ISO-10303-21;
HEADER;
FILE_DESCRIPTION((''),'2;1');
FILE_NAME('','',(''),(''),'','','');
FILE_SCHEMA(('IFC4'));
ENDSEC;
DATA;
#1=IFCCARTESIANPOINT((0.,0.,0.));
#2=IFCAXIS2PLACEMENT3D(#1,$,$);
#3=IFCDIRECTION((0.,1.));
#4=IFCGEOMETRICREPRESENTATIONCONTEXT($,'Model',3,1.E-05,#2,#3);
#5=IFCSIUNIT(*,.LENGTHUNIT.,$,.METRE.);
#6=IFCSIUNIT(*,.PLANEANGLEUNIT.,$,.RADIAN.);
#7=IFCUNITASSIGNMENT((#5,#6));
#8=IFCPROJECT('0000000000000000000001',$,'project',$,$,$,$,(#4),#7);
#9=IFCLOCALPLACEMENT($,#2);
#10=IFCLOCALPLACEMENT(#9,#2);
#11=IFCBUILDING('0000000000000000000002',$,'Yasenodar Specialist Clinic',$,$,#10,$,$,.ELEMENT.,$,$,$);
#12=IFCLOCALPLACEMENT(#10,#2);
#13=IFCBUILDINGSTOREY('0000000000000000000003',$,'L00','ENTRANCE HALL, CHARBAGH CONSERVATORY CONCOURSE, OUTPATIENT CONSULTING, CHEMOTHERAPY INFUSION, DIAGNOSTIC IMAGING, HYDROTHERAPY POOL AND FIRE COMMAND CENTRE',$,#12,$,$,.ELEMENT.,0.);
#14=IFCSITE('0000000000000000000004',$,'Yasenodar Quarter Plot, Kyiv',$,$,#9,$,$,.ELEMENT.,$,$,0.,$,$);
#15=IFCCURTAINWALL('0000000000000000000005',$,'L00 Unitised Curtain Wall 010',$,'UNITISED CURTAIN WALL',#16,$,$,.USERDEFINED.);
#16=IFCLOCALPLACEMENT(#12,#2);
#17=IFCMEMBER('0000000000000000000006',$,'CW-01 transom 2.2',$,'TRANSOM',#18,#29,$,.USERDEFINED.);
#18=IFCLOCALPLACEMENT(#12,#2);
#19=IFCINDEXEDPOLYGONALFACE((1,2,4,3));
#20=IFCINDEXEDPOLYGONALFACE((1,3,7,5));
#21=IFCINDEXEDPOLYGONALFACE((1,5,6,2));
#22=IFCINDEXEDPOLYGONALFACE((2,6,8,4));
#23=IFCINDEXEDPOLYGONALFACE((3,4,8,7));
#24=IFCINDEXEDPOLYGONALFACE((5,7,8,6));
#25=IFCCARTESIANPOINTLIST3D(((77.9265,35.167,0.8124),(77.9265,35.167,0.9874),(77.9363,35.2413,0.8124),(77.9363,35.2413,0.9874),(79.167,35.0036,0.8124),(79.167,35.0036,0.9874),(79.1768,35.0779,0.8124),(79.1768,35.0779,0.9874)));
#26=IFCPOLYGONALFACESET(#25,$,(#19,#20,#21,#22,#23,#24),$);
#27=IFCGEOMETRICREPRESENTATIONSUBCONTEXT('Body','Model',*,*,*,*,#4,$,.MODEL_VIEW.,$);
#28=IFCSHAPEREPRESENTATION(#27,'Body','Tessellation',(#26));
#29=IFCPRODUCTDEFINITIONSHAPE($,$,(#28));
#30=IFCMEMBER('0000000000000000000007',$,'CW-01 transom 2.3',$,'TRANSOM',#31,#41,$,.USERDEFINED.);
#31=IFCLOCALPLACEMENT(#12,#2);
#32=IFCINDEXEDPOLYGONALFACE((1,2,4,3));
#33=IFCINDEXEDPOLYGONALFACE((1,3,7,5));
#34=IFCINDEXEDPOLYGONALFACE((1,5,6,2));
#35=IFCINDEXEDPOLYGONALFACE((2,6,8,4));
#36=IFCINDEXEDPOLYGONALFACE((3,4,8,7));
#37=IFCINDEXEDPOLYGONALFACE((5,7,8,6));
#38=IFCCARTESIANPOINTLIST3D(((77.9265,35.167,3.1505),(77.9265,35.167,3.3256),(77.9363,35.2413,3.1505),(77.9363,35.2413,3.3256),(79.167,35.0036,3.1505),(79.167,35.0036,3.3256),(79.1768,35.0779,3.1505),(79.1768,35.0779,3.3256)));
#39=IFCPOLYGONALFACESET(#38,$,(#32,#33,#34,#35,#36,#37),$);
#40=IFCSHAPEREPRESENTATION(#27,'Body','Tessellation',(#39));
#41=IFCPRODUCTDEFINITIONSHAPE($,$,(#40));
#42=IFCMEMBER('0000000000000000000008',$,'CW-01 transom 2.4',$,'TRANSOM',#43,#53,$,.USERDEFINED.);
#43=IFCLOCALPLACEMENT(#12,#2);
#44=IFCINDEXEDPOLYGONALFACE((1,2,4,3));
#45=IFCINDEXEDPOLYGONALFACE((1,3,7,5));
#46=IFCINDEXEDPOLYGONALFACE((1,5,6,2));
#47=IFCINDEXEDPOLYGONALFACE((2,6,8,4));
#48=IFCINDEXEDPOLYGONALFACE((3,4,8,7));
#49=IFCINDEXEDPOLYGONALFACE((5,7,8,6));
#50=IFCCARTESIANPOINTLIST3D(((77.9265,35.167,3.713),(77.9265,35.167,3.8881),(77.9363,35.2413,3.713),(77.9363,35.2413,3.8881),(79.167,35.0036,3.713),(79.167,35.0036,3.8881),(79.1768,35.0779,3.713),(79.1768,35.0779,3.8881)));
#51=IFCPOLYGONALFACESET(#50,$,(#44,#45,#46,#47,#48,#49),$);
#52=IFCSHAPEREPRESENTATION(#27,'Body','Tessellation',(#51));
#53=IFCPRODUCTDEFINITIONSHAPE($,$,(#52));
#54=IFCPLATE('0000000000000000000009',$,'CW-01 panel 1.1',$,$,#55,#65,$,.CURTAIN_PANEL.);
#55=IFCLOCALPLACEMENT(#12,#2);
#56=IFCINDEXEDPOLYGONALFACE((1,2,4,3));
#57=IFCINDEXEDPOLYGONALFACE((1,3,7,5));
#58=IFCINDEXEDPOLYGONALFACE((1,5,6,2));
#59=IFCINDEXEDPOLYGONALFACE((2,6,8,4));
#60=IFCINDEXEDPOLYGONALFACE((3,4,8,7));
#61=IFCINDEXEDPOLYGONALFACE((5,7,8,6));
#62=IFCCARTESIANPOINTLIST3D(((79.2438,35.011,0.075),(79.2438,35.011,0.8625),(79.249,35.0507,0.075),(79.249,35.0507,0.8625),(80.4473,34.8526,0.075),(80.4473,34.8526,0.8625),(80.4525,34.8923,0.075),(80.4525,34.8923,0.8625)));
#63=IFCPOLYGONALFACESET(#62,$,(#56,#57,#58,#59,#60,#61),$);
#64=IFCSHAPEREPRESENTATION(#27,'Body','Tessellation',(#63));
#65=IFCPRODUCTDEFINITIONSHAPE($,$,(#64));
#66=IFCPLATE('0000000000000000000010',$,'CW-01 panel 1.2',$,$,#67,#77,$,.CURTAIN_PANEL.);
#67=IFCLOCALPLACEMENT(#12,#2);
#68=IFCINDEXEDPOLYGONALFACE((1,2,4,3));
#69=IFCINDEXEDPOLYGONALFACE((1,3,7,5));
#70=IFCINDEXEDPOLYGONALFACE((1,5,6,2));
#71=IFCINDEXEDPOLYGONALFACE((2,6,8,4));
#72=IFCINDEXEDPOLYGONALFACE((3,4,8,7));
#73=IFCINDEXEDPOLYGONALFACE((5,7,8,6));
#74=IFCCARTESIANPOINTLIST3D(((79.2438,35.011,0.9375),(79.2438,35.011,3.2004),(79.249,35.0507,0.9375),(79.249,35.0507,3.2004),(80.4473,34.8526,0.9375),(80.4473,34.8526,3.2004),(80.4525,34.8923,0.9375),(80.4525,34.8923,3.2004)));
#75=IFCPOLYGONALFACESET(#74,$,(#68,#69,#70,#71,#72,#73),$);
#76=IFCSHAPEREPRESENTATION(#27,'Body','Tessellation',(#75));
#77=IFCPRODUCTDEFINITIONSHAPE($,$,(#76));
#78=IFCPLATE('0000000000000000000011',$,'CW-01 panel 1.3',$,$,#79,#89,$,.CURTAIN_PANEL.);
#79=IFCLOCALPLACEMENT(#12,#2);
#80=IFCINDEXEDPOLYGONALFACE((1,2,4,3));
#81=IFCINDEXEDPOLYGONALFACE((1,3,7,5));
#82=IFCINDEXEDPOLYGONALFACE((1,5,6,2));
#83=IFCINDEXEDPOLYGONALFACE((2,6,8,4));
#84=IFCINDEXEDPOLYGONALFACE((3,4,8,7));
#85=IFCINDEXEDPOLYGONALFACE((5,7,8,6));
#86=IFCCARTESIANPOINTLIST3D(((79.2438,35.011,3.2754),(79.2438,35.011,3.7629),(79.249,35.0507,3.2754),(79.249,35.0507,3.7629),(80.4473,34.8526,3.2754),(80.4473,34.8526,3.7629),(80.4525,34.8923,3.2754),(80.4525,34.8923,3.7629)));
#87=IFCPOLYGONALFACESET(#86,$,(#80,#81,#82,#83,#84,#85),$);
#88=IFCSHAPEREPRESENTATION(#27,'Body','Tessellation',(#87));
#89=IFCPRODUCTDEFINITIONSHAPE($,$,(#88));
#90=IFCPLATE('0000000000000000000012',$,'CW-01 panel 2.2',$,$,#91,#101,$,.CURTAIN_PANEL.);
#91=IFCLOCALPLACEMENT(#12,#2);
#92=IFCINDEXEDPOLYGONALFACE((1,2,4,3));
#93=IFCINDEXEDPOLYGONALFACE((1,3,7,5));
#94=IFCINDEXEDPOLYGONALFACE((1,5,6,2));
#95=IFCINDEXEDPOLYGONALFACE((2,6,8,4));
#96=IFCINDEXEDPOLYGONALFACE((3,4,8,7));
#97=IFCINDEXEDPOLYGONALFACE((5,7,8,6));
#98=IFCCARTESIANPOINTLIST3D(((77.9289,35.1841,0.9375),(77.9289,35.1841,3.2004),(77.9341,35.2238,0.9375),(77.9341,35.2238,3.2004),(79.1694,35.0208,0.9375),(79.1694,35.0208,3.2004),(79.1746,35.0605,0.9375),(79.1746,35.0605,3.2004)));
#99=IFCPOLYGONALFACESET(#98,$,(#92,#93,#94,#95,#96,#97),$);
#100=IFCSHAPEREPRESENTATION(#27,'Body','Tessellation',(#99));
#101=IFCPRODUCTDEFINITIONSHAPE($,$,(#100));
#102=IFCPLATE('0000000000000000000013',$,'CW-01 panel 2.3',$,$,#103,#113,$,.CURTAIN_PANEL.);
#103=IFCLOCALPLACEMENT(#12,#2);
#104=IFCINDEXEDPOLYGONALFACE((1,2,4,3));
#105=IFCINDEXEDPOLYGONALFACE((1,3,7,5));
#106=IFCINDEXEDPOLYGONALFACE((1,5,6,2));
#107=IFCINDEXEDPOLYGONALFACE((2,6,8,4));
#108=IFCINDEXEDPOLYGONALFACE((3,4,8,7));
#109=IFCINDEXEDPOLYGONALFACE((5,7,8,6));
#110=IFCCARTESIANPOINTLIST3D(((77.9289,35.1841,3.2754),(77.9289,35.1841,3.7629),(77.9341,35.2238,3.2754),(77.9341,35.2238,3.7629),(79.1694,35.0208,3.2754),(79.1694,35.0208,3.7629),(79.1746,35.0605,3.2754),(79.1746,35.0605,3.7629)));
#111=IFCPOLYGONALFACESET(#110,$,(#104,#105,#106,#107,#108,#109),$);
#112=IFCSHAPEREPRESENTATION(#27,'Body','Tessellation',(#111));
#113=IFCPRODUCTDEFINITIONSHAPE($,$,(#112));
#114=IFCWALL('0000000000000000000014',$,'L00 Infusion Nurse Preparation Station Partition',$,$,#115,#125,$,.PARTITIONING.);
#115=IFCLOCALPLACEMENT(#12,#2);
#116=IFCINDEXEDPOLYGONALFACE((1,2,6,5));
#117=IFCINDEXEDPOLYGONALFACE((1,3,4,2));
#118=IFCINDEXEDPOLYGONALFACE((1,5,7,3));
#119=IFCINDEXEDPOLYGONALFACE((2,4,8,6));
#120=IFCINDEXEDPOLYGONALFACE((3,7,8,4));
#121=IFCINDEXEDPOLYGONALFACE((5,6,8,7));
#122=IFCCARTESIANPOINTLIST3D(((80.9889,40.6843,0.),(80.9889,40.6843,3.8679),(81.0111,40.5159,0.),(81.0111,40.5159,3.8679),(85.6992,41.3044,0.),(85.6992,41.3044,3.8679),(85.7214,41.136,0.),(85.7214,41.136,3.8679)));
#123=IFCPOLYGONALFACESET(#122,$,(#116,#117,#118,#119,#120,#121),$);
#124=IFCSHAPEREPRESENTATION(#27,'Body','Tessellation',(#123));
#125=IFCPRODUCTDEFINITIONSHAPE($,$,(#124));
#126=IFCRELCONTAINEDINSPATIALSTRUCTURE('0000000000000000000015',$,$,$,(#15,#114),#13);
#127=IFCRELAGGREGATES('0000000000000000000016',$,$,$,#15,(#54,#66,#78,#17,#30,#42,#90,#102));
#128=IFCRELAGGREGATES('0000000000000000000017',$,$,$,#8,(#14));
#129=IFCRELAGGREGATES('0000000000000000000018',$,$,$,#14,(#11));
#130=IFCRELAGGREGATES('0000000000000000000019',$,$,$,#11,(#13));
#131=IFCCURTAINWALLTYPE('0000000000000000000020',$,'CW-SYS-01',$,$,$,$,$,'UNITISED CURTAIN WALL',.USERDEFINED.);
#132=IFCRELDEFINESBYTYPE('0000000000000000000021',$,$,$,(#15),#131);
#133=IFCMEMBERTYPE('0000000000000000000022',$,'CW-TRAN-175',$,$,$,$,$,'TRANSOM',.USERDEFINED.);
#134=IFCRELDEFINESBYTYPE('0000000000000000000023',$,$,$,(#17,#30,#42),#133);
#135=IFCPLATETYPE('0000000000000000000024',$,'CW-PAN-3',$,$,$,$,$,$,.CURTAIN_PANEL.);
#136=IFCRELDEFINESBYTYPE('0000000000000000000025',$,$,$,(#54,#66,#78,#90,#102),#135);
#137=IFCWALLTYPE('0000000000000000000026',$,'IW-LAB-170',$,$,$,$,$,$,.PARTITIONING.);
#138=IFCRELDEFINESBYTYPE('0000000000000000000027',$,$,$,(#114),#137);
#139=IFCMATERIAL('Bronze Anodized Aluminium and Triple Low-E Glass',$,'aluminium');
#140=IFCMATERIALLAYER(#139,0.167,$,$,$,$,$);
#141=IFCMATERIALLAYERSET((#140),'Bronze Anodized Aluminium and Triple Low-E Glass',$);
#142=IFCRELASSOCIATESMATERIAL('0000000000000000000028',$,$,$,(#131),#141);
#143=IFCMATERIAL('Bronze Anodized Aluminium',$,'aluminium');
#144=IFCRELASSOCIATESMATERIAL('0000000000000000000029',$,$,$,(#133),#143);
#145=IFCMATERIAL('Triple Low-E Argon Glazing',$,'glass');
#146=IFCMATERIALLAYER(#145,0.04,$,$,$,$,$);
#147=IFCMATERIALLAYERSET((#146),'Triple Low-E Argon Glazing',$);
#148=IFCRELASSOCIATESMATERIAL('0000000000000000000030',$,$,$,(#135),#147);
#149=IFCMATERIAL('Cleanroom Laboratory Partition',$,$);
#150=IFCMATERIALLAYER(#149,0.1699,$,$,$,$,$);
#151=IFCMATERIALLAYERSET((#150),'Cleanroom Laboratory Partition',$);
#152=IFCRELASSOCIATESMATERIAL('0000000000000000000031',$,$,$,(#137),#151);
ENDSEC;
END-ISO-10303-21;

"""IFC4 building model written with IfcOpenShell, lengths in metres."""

from ifc_helpers import new_model, si_unit, direction, frame, frame_2d, origin, origin_2d, place, context, subcontext, project, spatial, rectangle, extrude, material, layer, layer_set, material_profile, profile_set, type_object, element, aggregate, save


model = new_model("IFC4")

# Units and contexts
model_context = context("Model", 3, precision=1e-05, world=origin(), true_north=direction((0.0, 1.0)))
body_context = subcontext(model_context, "Body", "Model", "MODEL_VIEW")
ifc_project = project(units=[si_unit("LENGTHUNIT", "METRE"), si_unit("PLANEANGLEUNIT", "RADIAN")], contexts=[model_context])

# Site, building, storey
site_placement = place(None, origin())
site = spatial("IfcSite", under=ifc_project, at=site_placement, Name="Yasenodar Quarter Plot, Kyiv", CompositionType="ELEMENT", RefElevation=0.0)
building_placement = place(site_placement, origin())
building = spatial("IfcBuilding", under=site, at=building_placement, Name="Yasenodar Specialist Clinic", CompositionType="ELEMENT")
storey_placement = place(building_placement, origin())
storey = spatial("IfcBuildingStorey", under=building, at=storey_placement, Name="L00", Description="ENTRANCE HALL, CHARBAGH CONSERVATORY CONCOURSE, OUTPATIENT CONSULTING, CHEMOTHERAPY INFUSION, DIAGNOSTIC IMAGING, HYDROTHERAPY POOL AND FIRE COMMAND CENTRE", CompositionType="ELEMENT", Elevation=0.0)

# Curtain wall, members, plates
ifc_material_1 = material(Name="Bronze Anodized Aluminium and Triple Low-E Glass", Category="aluminium")
ifc_layer_1 = layer(ifc_material_1, 0.167)
ifc_layer_set_1 = layer_set([ifc_layer_1], Name="Bronze Anodized Aluminium and Triple Low-E Glass")
curtain_wall_type = type_object("IfcCurtainWallType", Name="CW-SYS-01", ElementType="UNITISED CURTAIN WALL", PredefinedType="USERDEFINED", material=ifc_layer_set_1)
curtain_wall_placement = place(storey_placement, origin())
curtain_wall = element("IfcCurtainWall", 1, at=curtain_wall_placement, inside=storey, type_object=curtain_wall_type, Name="L00 Unitised Curtain Wall 010", ObjectType="UNITISED CURTAIN WALL", PredefinedType="USERDEFINED")
ifc_material_2 = material(Name="Bronze Anodized Aluminium", Category="aluminium")
ifc_material_profile_1 = material_profile(ifc_material_2, rectangle(XDim=0.075, YDim=0.175, at=origin_2d()), Name="CW-TRAN 75x175")
ifc_profile_set_1 = profile_set([ifc_material_profile_1], Name="Bronze Anodized Aluminium")
member_type_1 = type_object("IfcMemberType", Name="CW-TRAN-175", ElementType="TRANSOM", PredefinedType="USERDEFINED", material=ifc_profile_set_1)
member_1_placement = place(storey_placement, frame((79.1719, 35.0408, 0.8999), z_axis=(-0.991443, 0.13054, 0.0), x_axis=(-0.13054, -0.991443, 0.0)))
member_1 = element("IfcMember", 2, at=member_1_placement, type_object=member_type_1, Name="CW-01 transom 2.2", ObjectType="TRANSOM", PredefinedType="USERDEFINED", context=body_context, shape_type="SweptSolid", body=[
    extrude(rectangle(XDim=0.075, YDim=0.175, at=origin_2d()), origin(), (0.0, 0.0, 1.0), 1.2512),
])
member_2_placement = place(storey_placement, frame((79.1719, 35.0408, 3.238), z_axis=(-0.991443, 0.13054, 0.0), x_axis=(-0.13054, -0.991443, 0.0)))
member_2 = element("IfcMember", 3, at=member_2_placement, type_object=member_type_1, Name="CW-01 transom 2.3", ObjectType="TRANSOM", PredefinedType="USERDEFINED", context=body_context, shape_type="SweptSolid", body=[
    extrude(rectangle(XDim=0.075, YDim=0.175, at=origin_2d()), origin(), (0.0, 0.0, 1.0), 1.2512),
])
member_3_placement = place(storey_placement, frame((79.1719, 35.0408, 3.8005), z_axis=(-0.991443, 0.13054, 0.0), x_axis=(-0.13054, -0.991443, 0.0)))
member_3 = element("IfcMember", 4, at=member_3_placement, type_object=member_type_1, Name="CW-01 transom 2.4", ObjectType="TRANSOM", PredefinedType="USERDEFINED", context=body_context, shape_type="SweptSolid", body=[
    extrude(rectangle(XDim=0.075, YDim=0.175, at=origin_2d()), origin(), (0.0, 0.0, 1.0), 1.2512),
])
ifc_material_3 = material(Name="Triple Low-E Argon Glazing", Category="glass")
ifc_layer_2 = layer(ifc_material_3, 0.04)
ifc_layer_set_2 = layer_set([ifc_layer_2], Name="Triple Low-E Argon Glazing")
plate_type = type_object("IfcPlateType", Name="CW-PAN-3", PredefinedType="CURTAIN_PANEL", material=ifc_layer_set_2)
plate_1_placement = place(storey_placement, frame((79.8481, 34.9517, 0.075), z_axis=(0.0, 0.0, 1.0), x_axis=(-0.991447, 0.130512, 0.0)))
plate_1 = element("IfcPlate", 5, at=plate_1_placement, type_object=plate_type, Name="CW-01 panel 1.1", PredefinedType="CURTAIN_PANEL", context=body_context, shape_type="SweptSolid", body=[
    extrude(rectangle(XDim=1.2139, YDim=0.04, at=origin_2d()), origin(), (0.0, 0.0, 1.0), 0.7876),
])
plate_2_placement = place(storey_placement, frame((79.8481, 34.9517, 0.9375), z_axis=(0.0, 0.0, 1.0), x_axis=(-0.991447, 0.130512, 0.0)))
plate_2 = element("IfcPlate", 6, at=plate_2_placement, type_object=plate_type, Name="CW-01 panel 1.2", PredefinedType="CURTAIN_PANEL", context=body_context, shape_type="SweptSolid", body=[
    extrude(rectangle(XDim=1.2139, YDim=0.04, at=origin_2d()), origin(), (0.0, 0.0, 1.0), 2.2629),
])
plate_3_placement = place(storey_placement, frame((79.8481, 34.9517, 3.2754), z_axis=(0.0, 0.0, 1.0), x_axis=(-0.991447, 0.130512, 0.0)))
plate_3 = element("IfcPlate", 7, at=plate_3_placement, type_object=plate_type, Name="CW-01 panel 1.3", PredefinedType="CURTAIN_PANEL", context=body_context, shape_type="SweptSolid", body=[
    extrude(rectangle(XDim=1.2139, YDim=0.04, at=origin_2d()), origin(), (0.0, 0.0, 1.0), 0.4875),
])
plate_4_placement = place(storey_placement, frame((78.5518, 35.1223, 0.9375), z_axis=(0.0, 0.0, 1.0), x_axis=(-0.991447, 0.130512, 0.0)))
plate_4 = element("IfcPlate", 8, at=plate_4_placement, type_object=plate_type, Name="CW-01 panel 2.2", PredefinedType="CURTAIN_PANEL", context=body_context, shape_type="SweptSolid", body=[
    extrude(rectangle(XDim=1.2512, YDim=0.04, at=origin_2d()), origin(), (0.0, 0.0, 1.0), 2.2629),
])
plate_5_placement = place(storey_placement, frame((78.5518, 35.1223, 3.2754), z_axis=(0.0, 0.0, 1.0), x_axis=(-0.991447, 0.130512, 0.0)))
plate_5 = element("IfcPlate", 9, at=plate_5_placement, type_object=plate_type, Name="CW-01 panel 2.3", PredefinedType="CURTAIN_PANEL", context=body_context, shape_type="SweptSolid", body=[
    extrude(rectangle(XDim=1.2512, YDim=0.04, at=origin_2d()), origin(), (0.0, 0.0, 1.0), 0.4875),
])
aggregate(curtain_wall, [plate_1, plate_2, plate_3, member_1, member_2, member_3, plate_4, plate_5])

# Wall
ifc_material_4 = material(Name="Cleanroom Laboratory Partition")
ifc_layer_3 = layer(ifc_material_4, 0.1699)
ifc_layer_set_3 = layer_set([ifc_layer_3], Name="Cleanroom Laboratory Partition")
wall_type = type_object("IfcWallType", Name="IW-LAB-170", PredefinedType="PARTITIONING", material=ifc_layer_set_3)
wall_placement = place(storey_placement, frame((81.0, 40.6001, 0.0), z_axis=(0.0, 0.0, 1.0), x_axis=(0.991446, 0.130521, 0.0)))
element("IfcWall", 10, at=wall_placement, inside=storey, type_object=wall_type, Name="L00 Infusion Nurse Preparation Station Partition", PredefinedType="PARTITIONING", context=body_context, shape_type="SweptSolid", body=[
    extrude(rectangle(XDim=4.751, YDim=0.1699, at=frame_2d((2.3755, 0.0))), origin(), (0.0, 0.0, 1.0), 3.8679),
])

save(model, "model.ifc")
